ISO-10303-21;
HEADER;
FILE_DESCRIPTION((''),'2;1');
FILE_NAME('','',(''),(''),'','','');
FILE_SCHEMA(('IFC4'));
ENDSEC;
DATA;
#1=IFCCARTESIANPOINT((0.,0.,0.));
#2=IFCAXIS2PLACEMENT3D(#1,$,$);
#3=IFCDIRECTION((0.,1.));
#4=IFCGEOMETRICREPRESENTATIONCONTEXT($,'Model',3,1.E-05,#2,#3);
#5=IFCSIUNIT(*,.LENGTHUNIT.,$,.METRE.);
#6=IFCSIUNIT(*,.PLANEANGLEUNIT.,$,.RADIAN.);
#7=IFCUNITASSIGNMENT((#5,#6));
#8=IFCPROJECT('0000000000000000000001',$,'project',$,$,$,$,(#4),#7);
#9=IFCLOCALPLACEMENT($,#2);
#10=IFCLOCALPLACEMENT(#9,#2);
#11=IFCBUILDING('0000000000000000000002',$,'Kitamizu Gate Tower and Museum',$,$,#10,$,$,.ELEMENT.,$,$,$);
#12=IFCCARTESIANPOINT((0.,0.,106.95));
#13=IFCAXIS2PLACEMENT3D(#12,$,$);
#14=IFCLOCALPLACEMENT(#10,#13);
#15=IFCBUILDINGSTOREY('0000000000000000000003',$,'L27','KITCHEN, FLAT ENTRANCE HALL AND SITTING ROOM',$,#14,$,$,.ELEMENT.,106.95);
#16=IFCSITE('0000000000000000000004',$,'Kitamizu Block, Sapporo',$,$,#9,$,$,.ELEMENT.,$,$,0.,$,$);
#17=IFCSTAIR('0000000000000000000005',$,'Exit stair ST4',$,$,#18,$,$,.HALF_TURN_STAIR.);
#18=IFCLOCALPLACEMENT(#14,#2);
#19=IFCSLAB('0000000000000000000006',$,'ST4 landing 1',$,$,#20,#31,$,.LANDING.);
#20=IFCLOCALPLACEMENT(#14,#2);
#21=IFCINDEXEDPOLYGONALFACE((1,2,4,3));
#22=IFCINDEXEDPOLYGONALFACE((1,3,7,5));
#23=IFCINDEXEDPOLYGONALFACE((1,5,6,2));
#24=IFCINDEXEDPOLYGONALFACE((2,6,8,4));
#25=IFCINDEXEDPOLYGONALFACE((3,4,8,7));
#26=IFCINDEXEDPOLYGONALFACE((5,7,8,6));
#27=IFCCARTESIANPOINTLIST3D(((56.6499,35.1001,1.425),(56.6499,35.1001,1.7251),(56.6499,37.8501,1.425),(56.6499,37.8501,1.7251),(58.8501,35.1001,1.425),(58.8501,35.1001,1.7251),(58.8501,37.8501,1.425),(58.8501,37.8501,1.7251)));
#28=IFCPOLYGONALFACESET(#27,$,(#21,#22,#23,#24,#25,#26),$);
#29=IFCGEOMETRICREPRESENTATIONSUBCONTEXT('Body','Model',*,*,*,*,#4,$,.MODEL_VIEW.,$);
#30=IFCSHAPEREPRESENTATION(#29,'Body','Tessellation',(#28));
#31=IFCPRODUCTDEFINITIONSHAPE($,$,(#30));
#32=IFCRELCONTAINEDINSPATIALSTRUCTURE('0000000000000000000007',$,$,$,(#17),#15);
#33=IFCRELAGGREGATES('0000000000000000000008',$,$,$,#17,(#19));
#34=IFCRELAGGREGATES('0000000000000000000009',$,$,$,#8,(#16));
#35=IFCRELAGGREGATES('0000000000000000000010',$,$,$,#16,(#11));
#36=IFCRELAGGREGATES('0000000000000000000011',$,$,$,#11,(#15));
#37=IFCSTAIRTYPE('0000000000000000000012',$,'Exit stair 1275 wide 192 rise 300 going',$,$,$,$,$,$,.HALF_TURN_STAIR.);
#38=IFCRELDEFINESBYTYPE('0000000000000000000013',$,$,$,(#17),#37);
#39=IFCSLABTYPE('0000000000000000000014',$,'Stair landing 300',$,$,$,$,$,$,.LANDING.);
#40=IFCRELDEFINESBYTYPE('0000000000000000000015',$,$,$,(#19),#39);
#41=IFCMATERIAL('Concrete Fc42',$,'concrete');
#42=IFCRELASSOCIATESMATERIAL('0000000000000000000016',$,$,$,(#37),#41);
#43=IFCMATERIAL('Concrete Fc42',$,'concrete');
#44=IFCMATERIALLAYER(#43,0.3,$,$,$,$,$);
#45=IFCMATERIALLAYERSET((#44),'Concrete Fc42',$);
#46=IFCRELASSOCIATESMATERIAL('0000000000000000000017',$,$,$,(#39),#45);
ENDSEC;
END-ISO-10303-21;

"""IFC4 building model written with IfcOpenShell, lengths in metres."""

from ifc_helpers import new_model, si_unit, direction, frame, origin, place, context, subcontext, project, spatial, polyline, outline, extrude, material, layer, layer_set, type_object, element, aggregate, save


model = new_model("IFC4")

# Units and contexts
model_context = context("Model", 3, precision=1e-05, world=origin(), true_north=direction((0.0, 1.0)))
body_context = subcontext(model_context, "Body", "Model", "MODEL_VIEW")
ifc_project = project(units=[si_unit("LENGTHUNIT", "METRE"), si_unit("PLANEANGLEUNIT", "RADIAN")], contexts=[model_context])

# Site, building, storey
site_placement = place(None, origin())
site = spatial("IfcSite", under=ifc_project, at=site_placement, Name="Kitamizu Block, Sapporo", CompositionType="ELEMENT", RefElevation=0.0)
building_placement = place(site_placement, origin())
building = spatial("IfcBuilding", under=site, at=building_placement, Name="Kitamizu Gate Tower and Museum", CompositionType="ELEMENT")
storey_placement = place(building_placement, frame((0.0, 0.0, 106.95)))
storey = spatial("IfcBuildingStorey", under=building, at=storey_placement, Name="L27", Description="KITCHEN, FLAT ENTRANCE HALL AND SITTING ROOM", CompositionType="ELEMENT", Elevation=106.95)

# Stair, slab
ifc_material_1 = material(Name="Concrete Fc42", Category="concrete")
stair_type = type_object("IfcStairType", Name="Exit stair 1275 wide 192 rise 300 going", PredefinedType="HALF_TURN_STAIR", material=ifc_material_1)
ifc_material_2 = material(Name="Concrete Fc42", Category="concrete")
ifc_layer_1 = layer(ifc_material_2, 0.3)
ifc_layer_set_1 = layer_set([ifc_layer_1], Name="Concrete Fc42")
slab_type_1 = type_object("IfcSlabType", Name="Stair landing 300", PredefinedType="LANDING", material=ifc_layer_set_1)
stair_1_placement = place(storey_placement, origin())
stair_1 = element("IfcStair", 1, at=stair_1_placement, inside=storey, type_object=stair_type, Name="Exit stair ST4", PredefinedType="HALF_TURN_STAIR")
slab_1_placement = place(storey_placement, frame((0.0, 0.0, 1.425)))
slab_1 = element("IfcSlab", 2, at=slab_1_placement, type_object=slab_type_1, Name="ST4 landing 1", PredefinedType="LANDING", context=body_context, shape_type="SweptSolid", body=[
    extrude(outline(polyline([(56.6499, 35.1001), (58.8501, 35.1001), (58.8501, 37.8501), (56.6499, 37.8501), (56.6499, 35.1001)])), origin(), (0.0, 0.0, 1.0), 0.3),
])
aggregate(stair_1, [slab_1])

save(model, "model.ifc")
